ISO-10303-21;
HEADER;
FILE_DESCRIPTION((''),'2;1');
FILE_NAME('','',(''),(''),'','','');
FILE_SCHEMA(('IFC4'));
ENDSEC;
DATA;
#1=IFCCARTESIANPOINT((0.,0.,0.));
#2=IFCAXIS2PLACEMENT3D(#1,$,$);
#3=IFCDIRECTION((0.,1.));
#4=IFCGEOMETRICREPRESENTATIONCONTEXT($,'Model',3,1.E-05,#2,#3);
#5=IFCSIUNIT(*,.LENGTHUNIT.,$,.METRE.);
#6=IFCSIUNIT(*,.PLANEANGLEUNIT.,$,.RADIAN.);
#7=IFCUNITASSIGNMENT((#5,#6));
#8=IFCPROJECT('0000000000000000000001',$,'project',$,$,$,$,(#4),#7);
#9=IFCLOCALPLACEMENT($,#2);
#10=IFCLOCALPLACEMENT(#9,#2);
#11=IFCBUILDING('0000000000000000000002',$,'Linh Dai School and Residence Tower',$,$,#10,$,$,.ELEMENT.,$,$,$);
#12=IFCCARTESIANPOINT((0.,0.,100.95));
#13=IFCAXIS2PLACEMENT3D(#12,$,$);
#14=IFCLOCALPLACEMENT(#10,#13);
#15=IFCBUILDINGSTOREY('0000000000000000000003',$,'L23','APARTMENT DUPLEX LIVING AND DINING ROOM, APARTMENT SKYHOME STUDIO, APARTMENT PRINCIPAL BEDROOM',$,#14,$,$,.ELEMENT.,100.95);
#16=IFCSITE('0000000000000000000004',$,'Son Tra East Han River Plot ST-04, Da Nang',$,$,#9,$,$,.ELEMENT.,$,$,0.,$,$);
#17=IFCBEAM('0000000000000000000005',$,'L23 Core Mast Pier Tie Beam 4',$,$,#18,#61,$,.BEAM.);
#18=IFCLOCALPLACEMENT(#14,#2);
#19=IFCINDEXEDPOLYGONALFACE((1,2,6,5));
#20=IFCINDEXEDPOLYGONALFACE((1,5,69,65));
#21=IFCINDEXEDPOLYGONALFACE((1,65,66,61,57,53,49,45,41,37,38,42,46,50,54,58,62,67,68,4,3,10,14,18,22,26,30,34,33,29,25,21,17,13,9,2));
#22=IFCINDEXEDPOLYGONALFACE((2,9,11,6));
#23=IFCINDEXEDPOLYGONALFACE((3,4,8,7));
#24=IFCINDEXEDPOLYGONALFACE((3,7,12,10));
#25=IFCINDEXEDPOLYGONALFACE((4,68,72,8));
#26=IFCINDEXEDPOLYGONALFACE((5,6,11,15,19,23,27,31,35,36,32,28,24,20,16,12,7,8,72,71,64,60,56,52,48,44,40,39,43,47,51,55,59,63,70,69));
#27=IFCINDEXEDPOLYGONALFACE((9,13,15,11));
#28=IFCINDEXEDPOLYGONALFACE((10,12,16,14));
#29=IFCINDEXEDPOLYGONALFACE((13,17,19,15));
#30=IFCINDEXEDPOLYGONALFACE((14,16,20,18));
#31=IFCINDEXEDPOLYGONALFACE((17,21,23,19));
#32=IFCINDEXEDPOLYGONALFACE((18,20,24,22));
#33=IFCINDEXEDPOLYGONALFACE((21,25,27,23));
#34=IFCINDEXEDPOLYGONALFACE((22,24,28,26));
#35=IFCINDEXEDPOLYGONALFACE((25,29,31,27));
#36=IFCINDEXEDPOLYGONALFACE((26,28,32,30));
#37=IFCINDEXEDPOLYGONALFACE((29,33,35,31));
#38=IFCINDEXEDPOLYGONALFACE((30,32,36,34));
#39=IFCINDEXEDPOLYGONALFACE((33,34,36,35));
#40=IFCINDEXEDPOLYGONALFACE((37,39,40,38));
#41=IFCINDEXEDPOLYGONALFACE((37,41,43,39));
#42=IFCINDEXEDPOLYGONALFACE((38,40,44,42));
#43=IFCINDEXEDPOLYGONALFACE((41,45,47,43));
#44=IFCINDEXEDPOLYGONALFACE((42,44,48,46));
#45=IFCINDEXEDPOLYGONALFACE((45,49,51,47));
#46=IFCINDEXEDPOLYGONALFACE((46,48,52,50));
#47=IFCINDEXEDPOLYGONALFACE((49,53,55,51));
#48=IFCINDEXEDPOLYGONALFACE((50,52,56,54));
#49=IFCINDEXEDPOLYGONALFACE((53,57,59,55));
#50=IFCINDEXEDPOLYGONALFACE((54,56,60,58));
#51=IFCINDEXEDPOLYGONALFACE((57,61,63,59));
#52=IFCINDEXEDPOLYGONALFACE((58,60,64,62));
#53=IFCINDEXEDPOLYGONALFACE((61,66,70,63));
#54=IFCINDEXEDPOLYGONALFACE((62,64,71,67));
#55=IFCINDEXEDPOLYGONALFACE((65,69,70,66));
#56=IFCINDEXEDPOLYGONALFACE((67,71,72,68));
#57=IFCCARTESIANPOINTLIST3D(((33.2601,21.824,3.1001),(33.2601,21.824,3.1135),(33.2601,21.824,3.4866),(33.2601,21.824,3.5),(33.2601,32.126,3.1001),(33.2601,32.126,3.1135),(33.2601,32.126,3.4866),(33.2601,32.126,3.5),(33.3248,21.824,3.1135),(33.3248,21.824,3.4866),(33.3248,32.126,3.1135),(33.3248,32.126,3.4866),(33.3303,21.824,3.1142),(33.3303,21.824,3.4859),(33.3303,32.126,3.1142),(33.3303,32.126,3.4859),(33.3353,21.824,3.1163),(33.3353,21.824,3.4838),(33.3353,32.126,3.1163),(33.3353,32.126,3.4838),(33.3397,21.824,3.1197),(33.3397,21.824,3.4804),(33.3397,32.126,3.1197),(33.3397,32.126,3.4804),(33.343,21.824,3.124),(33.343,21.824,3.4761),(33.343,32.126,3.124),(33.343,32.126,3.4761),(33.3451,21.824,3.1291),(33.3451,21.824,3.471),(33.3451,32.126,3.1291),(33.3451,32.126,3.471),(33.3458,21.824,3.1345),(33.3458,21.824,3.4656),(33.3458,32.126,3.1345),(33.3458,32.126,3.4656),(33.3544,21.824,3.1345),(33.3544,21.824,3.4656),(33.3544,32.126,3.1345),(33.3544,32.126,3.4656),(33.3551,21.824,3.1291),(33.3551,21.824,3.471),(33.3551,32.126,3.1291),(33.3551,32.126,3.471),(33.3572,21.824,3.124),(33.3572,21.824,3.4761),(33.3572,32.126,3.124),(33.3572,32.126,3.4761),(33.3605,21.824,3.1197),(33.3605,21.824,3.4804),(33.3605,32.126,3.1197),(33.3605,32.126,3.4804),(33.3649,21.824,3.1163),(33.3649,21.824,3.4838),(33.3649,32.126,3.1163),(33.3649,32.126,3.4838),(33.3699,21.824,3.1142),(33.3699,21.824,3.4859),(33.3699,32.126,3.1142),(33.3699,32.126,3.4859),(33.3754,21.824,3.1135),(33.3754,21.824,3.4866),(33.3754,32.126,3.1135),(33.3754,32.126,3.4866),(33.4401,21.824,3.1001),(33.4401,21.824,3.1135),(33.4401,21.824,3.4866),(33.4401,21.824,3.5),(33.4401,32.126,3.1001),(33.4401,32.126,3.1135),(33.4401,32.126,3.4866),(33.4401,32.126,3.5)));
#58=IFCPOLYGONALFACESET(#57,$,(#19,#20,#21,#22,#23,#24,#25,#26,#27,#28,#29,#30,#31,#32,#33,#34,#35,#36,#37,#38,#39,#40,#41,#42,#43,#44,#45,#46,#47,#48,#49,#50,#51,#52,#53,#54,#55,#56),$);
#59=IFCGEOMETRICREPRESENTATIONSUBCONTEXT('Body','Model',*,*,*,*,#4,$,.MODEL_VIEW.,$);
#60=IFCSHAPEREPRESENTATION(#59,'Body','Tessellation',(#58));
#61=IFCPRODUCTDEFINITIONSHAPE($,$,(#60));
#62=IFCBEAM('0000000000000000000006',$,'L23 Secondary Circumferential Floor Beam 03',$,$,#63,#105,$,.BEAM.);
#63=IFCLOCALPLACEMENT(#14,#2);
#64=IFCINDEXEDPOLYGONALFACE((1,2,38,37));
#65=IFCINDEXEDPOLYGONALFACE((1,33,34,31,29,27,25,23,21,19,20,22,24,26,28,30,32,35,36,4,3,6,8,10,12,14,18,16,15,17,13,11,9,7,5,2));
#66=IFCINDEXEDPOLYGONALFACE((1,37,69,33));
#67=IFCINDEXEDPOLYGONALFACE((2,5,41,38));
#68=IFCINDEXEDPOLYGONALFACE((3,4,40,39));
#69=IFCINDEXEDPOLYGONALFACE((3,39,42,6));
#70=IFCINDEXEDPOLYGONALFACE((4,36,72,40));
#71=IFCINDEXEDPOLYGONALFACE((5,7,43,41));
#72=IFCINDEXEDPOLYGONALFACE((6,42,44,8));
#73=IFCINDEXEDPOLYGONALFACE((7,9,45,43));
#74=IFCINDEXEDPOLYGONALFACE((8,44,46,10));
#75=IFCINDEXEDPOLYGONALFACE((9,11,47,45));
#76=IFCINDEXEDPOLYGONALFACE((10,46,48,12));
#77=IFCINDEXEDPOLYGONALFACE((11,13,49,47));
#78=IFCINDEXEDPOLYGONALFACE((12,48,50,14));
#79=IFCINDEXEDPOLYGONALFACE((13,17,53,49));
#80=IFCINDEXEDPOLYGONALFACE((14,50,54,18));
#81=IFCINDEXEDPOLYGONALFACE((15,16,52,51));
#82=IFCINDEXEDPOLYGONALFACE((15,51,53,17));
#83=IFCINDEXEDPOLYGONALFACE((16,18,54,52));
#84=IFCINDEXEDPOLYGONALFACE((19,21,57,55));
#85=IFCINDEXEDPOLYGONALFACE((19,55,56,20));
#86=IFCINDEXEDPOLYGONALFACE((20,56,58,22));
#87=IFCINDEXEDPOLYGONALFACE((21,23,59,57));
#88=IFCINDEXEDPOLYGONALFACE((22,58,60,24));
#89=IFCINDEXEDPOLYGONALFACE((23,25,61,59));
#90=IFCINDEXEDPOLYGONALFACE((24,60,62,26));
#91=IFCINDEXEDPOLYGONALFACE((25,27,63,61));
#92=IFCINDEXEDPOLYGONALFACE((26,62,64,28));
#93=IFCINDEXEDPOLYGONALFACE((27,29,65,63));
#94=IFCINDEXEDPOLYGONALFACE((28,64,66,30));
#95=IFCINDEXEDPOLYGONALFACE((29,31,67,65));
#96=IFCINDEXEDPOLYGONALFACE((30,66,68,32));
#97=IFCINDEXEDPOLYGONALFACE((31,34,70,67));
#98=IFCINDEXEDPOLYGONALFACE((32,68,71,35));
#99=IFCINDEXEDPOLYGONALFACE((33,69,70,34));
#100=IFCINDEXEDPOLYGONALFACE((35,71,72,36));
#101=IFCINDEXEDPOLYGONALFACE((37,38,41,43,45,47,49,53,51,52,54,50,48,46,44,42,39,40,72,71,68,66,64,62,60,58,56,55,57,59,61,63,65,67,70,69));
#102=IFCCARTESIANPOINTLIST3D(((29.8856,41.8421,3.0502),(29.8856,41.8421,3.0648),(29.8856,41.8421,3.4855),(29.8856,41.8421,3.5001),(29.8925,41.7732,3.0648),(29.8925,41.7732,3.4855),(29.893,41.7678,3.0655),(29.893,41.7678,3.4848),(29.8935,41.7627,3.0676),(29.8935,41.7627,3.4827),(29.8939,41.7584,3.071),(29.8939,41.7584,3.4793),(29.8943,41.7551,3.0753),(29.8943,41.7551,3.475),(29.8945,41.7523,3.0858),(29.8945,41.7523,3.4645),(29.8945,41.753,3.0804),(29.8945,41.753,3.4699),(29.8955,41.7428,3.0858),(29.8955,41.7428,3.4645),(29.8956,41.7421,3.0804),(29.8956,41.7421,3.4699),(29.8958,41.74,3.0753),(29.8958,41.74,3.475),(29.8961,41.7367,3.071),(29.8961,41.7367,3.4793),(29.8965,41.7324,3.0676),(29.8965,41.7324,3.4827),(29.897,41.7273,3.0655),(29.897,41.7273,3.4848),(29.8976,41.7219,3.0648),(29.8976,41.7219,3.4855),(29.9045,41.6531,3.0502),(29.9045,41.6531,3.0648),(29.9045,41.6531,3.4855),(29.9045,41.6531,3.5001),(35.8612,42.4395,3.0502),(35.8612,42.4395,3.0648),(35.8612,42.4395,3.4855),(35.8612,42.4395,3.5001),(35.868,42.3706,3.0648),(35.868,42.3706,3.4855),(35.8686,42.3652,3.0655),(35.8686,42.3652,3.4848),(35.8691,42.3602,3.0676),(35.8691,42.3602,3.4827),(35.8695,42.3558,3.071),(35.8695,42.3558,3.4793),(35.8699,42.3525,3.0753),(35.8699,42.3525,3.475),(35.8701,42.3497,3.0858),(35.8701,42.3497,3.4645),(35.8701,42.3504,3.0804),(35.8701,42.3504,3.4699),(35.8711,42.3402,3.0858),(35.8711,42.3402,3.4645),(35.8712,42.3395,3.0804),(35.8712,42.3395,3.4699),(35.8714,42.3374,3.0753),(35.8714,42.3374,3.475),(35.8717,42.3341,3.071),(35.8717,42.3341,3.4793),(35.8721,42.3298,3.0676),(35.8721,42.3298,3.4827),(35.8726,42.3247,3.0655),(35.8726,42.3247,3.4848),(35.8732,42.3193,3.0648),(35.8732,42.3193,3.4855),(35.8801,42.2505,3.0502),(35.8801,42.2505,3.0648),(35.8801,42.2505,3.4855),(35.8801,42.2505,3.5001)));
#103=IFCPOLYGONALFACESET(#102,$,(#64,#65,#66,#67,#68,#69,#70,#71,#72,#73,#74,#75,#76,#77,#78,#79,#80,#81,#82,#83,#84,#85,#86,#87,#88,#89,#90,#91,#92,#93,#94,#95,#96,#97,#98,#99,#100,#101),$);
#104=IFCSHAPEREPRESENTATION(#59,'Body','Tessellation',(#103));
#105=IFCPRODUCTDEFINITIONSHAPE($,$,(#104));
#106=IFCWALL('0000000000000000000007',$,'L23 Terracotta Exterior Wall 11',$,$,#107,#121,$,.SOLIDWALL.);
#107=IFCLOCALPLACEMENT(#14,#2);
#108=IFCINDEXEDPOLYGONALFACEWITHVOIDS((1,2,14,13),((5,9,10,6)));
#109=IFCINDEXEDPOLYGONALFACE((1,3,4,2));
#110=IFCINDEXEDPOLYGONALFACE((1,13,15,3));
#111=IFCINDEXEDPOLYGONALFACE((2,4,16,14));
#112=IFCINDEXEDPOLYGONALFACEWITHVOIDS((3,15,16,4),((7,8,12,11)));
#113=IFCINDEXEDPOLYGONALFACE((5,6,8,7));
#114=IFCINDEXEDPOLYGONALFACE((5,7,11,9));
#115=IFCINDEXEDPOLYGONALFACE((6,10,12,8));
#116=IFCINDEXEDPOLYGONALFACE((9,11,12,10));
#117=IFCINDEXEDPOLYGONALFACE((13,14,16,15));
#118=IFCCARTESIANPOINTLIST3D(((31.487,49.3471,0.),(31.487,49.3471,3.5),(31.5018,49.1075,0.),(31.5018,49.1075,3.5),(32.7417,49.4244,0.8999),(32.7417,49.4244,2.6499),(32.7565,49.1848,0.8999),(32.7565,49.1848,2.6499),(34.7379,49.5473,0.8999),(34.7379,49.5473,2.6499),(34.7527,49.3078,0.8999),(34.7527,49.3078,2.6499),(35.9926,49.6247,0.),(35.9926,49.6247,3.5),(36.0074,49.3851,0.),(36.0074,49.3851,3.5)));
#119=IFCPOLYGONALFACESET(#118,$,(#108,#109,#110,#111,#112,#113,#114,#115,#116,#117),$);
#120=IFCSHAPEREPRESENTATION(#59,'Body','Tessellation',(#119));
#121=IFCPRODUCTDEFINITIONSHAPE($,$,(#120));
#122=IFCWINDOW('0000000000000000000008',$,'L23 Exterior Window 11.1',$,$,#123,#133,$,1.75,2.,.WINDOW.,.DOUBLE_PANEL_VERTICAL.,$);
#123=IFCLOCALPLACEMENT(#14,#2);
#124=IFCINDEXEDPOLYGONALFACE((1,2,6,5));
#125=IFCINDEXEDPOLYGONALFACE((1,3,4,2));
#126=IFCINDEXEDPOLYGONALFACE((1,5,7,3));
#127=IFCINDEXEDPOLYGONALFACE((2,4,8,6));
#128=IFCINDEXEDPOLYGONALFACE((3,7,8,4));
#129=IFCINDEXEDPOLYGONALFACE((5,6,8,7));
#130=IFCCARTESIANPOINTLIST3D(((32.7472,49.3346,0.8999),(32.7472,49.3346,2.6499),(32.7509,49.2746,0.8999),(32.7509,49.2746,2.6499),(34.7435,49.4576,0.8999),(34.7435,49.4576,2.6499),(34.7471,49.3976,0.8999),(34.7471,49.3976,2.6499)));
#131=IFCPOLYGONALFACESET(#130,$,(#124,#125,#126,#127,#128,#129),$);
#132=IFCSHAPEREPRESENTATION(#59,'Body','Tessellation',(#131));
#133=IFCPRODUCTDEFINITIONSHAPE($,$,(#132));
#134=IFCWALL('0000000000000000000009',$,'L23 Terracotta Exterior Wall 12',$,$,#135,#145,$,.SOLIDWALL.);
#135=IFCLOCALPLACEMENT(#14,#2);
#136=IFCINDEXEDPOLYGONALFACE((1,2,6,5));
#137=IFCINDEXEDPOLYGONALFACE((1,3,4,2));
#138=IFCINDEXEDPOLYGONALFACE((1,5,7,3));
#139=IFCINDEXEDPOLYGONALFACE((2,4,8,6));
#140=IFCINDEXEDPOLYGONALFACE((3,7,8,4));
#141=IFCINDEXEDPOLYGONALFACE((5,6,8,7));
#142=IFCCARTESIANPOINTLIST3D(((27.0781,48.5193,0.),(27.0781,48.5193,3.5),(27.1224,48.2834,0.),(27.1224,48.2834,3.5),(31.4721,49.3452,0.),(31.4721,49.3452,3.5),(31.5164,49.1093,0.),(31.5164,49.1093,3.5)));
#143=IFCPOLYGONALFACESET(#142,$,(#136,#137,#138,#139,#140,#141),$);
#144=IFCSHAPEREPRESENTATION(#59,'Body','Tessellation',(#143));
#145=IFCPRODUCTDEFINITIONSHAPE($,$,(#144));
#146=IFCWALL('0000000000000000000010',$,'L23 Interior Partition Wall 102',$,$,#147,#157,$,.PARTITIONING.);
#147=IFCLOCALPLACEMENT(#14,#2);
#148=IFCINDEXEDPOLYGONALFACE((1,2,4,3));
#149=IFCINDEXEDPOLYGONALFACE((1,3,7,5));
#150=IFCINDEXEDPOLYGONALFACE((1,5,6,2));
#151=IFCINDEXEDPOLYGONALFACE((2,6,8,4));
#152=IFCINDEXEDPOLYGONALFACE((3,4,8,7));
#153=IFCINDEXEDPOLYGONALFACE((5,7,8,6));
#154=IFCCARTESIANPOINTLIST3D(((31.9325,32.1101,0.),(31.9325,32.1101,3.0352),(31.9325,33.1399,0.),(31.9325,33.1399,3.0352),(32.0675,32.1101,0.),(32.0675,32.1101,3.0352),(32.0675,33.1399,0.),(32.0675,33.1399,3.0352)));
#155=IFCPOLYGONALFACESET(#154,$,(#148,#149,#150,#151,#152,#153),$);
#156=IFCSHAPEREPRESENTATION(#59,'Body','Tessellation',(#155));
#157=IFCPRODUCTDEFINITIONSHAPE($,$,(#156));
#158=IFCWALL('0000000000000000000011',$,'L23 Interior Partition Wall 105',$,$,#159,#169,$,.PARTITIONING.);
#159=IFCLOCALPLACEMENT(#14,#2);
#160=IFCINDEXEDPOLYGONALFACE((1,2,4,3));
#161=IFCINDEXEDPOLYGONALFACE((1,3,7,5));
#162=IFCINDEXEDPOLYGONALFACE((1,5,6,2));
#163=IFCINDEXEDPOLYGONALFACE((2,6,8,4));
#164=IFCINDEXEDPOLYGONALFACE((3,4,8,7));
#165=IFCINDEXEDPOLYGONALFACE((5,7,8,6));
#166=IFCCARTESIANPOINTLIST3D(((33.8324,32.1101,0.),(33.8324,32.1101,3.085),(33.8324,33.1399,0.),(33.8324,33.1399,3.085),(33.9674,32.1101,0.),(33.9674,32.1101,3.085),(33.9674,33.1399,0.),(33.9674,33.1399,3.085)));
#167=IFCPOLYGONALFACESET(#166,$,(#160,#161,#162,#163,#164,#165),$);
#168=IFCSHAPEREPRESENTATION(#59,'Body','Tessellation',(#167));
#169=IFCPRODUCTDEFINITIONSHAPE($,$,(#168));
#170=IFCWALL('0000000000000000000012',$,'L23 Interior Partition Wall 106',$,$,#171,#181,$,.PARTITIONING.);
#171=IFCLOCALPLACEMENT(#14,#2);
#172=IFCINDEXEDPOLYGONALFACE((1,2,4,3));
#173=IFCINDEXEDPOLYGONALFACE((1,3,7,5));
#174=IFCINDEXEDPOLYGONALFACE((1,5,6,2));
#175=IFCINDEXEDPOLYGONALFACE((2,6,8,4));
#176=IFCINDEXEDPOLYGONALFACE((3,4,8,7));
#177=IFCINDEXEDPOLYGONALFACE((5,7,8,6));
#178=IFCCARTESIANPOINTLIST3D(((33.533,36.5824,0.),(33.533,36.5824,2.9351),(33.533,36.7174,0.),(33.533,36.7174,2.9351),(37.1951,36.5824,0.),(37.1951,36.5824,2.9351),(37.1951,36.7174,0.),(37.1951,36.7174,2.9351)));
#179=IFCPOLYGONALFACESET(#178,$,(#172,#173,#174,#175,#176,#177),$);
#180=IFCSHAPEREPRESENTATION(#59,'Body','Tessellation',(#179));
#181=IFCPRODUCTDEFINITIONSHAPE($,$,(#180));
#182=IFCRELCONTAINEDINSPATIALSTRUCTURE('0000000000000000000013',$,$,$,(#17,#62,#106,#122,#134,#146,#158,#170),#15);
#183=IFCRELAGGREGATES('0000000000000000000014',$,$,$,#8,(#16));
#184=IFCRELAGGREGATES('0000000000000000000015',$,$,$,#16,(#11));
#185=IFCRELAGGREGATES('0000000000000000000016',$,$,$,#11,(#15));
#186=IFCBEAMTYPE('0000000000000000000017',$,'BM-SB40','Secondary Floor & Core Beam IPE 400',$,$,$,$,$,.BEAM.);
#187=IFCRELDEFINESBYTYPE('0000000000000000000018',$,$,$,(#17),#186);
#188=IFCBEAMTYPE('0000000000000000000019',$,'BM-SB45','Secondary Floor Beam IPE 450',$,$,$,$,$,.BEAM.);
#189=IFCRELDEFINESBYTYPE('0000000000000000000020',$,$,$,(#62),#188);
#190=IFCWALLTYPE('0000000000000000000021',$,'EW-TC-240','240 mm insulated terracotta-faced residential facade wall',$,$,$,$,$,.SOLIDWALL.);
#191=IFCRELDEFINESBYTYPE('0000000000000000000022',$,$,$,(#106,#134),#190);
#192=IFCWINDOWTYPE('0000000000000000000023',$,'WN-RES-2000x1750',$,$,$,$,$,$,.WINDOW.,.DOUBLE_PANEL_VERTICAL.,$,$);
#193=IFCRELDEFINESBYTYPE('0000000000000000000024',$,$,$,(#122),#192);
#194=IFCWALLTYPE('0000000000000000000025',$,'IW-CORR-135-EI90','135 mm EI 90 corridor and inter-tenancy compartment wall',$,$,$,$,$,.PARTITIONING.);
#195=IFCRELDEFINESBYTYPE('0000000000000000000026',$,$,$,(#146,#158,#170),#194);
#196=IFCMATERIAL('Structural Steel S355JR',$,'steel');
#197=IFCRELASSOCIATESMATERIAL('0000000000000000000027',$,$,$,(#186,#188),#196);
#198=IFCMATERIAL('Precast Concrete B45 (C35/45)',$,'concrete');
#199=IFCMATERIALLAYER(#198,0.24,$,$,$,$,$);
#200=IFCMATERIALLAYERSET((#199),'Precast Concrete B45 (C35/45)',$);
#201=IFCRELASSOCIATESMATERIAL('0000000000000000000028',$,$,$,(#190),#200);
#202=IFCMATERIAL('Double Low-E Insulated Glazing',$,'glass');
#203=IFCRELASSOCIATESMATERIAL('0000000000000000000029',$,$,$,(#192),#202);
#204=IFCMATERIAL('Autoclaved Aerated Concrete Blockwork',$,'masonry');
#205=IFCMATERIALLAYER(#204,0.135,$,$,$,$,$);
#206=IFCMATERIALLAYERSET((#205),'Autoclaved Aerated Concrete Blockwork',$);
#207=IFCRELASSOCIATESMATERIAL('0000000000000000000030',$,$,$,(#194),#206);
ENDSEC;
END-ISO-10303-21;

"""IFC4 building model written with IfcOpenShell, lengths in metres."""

from ifc_helpers import new_model, si_unit, direction, frame, frame_2d, origin, origin_2d, place, context, subcontext, project, spatial, rectangle, i_section, extrude, source, transform, mapped, material, layer, layer_set, material_profile, profile_set, type_object, element, fill, save


model = new_model("IFC4")

# Units and contexts
model_context = context("Model", 3, precision=1e-05, world=origin(), true_north=direction((0.0, 1.0)))
body_context = subcontext(model_context, "Body", "Model", "MODEL_VIEW")
ifc_project = project(units=[si_unit("LENGTHUNIT", "METRE"), si_unit("PLANEANGLEUNIT", "RADIAN")], contexts=[model_context])

# Site, building, storey
site_placement = place(None, origin())
site = spatial("IfcSite", under=ifc_project, at=site_placement, Name="Son Tra East Han River Plot ST-04, Da Nang", CompositionType="ELEMENT", RefElevation=0.0)
building_placement = place(site_placement, origin())
building = spatial("IfcBuilding", under=site, at=building_placement, Name="Linh Dai School and Residence Tower", CompositionType="ELEMENT")
storey_placement = place(building_placement, frame((0.0, 0.0, 100.95)))
storey = spatial("IfcBuildingStorey", under=building, at=storey_placement, Name="L23", Description="APARTMENT DUPLEX LIVING AND DINING ROOM, APARTMENT SKYHOME STUDIO, APARTMENT PRINCIPAL BEDROOM", CompositionType="ELEMENT", Elevation=100.95)

# Shared definitions
ifc_material_1 = material(Name="Structural Steel S355JR", Category="steel")

# Beams
ifc_material_profile_1 = material_profile(ifc_material_1, i_section(OverallWidth=0.1799, OverallDepth=0.3999, WebThickness=0.0085, FlangeThickness=0.0134, FilletRadius=0.021, at=origin_2d()), Name="IPE 400")
ifc_profile_set_1 = profile_set([ifc_material_profile_1], Name="Structural Steel S355JR")
beam_type_1 = type_object("IfcBeamType", Name="BM-SB40", Description="Secondary Floor & Core Beam IPE 400", PredefinedType="BEAM", material=ifc_profile_set_1)
beam_1_placement = place(storey_placement, frame((33.3501, 32.126, 3.3), z_axis=(0.0, -1.0, 0.0), x_axis=(1.0, 0.0, 0.0)))
element("IfcBeam", 1, at=beam_1_placement, inside=storey, type_object=beam_type_1, Name="L23 Core Mast Pier Tie Beam 4", PredefinedType="BEAM", context=body_context, shape_type="SweptSolid", body=[
    extrude(i_section(OverallWidth=0.1799, OverallDepth=0.3999, WebThickness=0.0085, FlangeThickness=0.0134, FilletRadius=0.021, at=origin_2d()), origin(), (0.0, 0.0, 1.0), 10.302),
])
ifc_material_profile_2 = material_profile(ifc_material_1, i_section(OverallWidth=0.1899, OverallDepth=0.45, WebThickness=0.0095, FlangeThickness=0.0146, FilletRadius=0.021, at=origin_2d()), Name="IPE 450")
ifc_profile_set_2 = profile_set([ifc_material_profile_2], Name="Structural Steel S355JR")
beam_type_2 = type_object("IfcBeamType", Name="BM-SB45", Description="Secondary Floor Beam IPE 450", PredefinedType="BEAM", material=ifc_profile_set_2)
beam_2_placement = place(storey_placement, frame((35.8706, 42.345, 3.2751), z_axis=(-0.99504, -0.09948, 0.0), x_axis=(0.09948, -0.99504, 0.0)))
element("IfcBeam", 2, at=beam_2_placement, inside=storey, type_object=beam_type_2, Name="L23 Secondary Circumferential Floor Beam 03", PredefinedType="BEAM", context=body_context, shape_type="SweptSolid", body=[
    extrude(i_section(OverallWidth=0.1899, OverallDepth=0.45, WebThickness=0.0095, FlangeThickness=0.0146, FilletRadius=0.021, at=origin_2d()), origin(), (0.0, 0.0, 1.0), 6.0054),
])

# Wall, opening, window
ifc_material_2 = material(Name="Precast Concrete B45 (C35/45)", Category="concrete")
ifc_layer_1 = layer(ifc_material_2, 0.24)
ifc_layer_set_1 = layer_set([ifc_layer_1], Name="Precast Concrete B45 (C35/45)")
wall_type_1 = type_object("IfcWallType", Name="EW-TC-240", Description="240 mm insulated terracotta-faced residential facade wall", PredefinedType="SOLIDWALL", material=ifc_layer_set_1)
wall_1_placement = place(storey_placement, frame((31.4944, 49.2273, 0.0), z_axis=(0.0, 0.0, 1.0), x_axis=(0.998108, 0.061493, 0.0)))
wall_1 = element("IfcWall", 3, at=wall_1_placement, inside=storey, type_object=wall_type_1, Name="L23 Terracotta Exterior Wall 11", PredefinedType="SOLIDWALL", context=body_context, shape_type="SweptSolid", body=[
    extrude(rectangle(XDim=4.5142, YDim=0.24, at=frame_2d((2.2571, 0.0))), origin(), (0.0, 0.0, 1.0), 3.5),
])
opening_1_placement = place(wall_1_placement, frame((1.2571, 0.0, 0.8999)))
opening_1 = element("IfcOpeningElement", 4, at=opening_1_placement, cuts=wall_1, PredefinedType="OPENING", context=body_context, shape_type="SweptSolid", body=[
    extrude(rectangle(XDim=2.0, YDim=1.75, at=origin_2d()), frame((1.0, 0.1299, 0.875), z_axis=(0.0, -1.0, 0.0), x_axis=(1.0, 0.0, 0.0)), (0.0, 0.0, 1.0), 0.26),
])
ifc_material_3 = material(Name="Double Low-E Insulated Glazing", Category="glass")
window_type = type_object("IfcWindowType", Name="WN-RES-2000x1750", PartitioningType="DOUBLE_PANEL_VERTICAL", PredefinedType="WINDOW", material=ifc_material_3)
shared_shape_1 = source(origin(), body_context, "Body", "SweptSolid", [
    extrude(rectangle(XDim=2.0, YDim=1.75, at=origin_2d()), frame((1.0, 0.03, 0.875), z_axis=(0.0, -1.0, 0.0), x_axis=(1.0, 0.0, 0.0)), (0.0, 0.0, 1.0), 0.0601),
])
window_placement = place(opening_1_placement, origin())
window = element("IfcWindow", 5, at=window_placement, inside=storey, type_object=window_type, Name="L23 Exterior Window 11.1", OverallHeight=1.75, OverallWidth=2.0, PartitioningType="DOUBLE_PANEL_VERTICAL", PredefinedType="WINDOW", context=body_context, shape_type="MappedRepresentation", body=[
    mapped(shared_shape_1, transform((0.0, 0.0, 0.0), x_axis=(1.0, 0.0, 0.0), y_axis=(0.0, 1.0, 0.0), z_axis=(0.0, 0.0, 1.0), scale=1.0)),
])
fill(opening_1, window)

# Walls
wall_2_placement = place(storey_placement, frame((27.1003, 48.4014, 0.0), z_axis=(0.0, 0.0, 1.0), x_axis=(0.982789, 0.18473, 0.0)))
element("IfcWall", 6, at=wall_2_placement, inside=storey, type_object=wall_type_1, Name="L23 Terracotta Exterior Wall 12", PredefinedType="SOLIDWALL", context=body_context, shape_type="SweptSolid", body=[
    extrude(rectangle(XDim=4.4709, YDim=0.24, at=frame_2d((2.2354, 0.0))), origin(), (0.0, 0.0, 1.0), 3.5),
])
ifc_material_4 = material(Name="Autoclaved Aerated Concrete Blockwork", Category="masonry")
ifc_layer_2 = layer(ifc_material_4, 0.135)
ifc_layer_set_2 = layer_set([ifc_layer_2], Name="Autoclaved Aerated Concrete Blockwork")
wall_type_2 = type_object("IfcWallType", Name="IW-CORR-135-EI90", Description="135 mm EI 90 corridor and inter-tenancy compartment wall", PredefinedType="PARTITIONING", material=ifc_layer_set_2)
wall_3_placement = place(storey_placement, frame((32.0, 33.1399, 0.0), z_axis=(0.0, 0.0, 1.0), x_axis=(0.0, -1.0, 0.0)))
element("IfcWall", 7, at=wall_3_placement, inside=storey, type_object=wall_type_2, Name="L23 Interior Partition Wall 102", PredefinedType="PARTITIONING", context=body_context, shape_type="SweptSolid", body=[
    extrude(rectangle(XDim=1.0298, YDim=0.135, at=frame_2d((0.5149, 0.0))), origin(), (0.0, 0.0, 1.0), 3.0352),
])
wall_4_placement = place(storey_placement, frame((33.8999, 32.1101, 0.0), z_axis=(0.0, 0.0, 1.0), x_axis=(0.0, 1.0, 0.0)))
element("IfcWall", 8, at=wall_4_placement, inside=storey, type_object=wall_type_2, Name="L23 Interior Partition Wall 105", PredefinedType="PARTITIONING", context=body_context, shape_type="SweptSolid", body=[
    extrude(rectangle(XDim=1.0298, YDim=0.135, at=frame_2d((0.5149, 0.0))), origin(), (0.0, 0.0, 1.0), 3.085),
])
wall_5_placement = place(storey_placement, frame((33.533, 36.6499, 0.0), z_axis=(0.0, 0.0, 1.0), x_axis=(1.0, 0.0, 0.0)))
element("IfcWall", 9, at=wall_5_placement, inside=storey, type_object=wall_type_2, Name="L23 Interior Partition Wall 106", PredefinedType="PARTITIONING", context=body_context, shape_type="SweptSolid", body=[
    extrude(rectangle(XDim=3.6621, YDim=0.135, at=frame_2d((1.8311, 0.0))), origin(), (0.0, 0.0, 1.0), 2.9351),
])

save(model, "model.ifc")
